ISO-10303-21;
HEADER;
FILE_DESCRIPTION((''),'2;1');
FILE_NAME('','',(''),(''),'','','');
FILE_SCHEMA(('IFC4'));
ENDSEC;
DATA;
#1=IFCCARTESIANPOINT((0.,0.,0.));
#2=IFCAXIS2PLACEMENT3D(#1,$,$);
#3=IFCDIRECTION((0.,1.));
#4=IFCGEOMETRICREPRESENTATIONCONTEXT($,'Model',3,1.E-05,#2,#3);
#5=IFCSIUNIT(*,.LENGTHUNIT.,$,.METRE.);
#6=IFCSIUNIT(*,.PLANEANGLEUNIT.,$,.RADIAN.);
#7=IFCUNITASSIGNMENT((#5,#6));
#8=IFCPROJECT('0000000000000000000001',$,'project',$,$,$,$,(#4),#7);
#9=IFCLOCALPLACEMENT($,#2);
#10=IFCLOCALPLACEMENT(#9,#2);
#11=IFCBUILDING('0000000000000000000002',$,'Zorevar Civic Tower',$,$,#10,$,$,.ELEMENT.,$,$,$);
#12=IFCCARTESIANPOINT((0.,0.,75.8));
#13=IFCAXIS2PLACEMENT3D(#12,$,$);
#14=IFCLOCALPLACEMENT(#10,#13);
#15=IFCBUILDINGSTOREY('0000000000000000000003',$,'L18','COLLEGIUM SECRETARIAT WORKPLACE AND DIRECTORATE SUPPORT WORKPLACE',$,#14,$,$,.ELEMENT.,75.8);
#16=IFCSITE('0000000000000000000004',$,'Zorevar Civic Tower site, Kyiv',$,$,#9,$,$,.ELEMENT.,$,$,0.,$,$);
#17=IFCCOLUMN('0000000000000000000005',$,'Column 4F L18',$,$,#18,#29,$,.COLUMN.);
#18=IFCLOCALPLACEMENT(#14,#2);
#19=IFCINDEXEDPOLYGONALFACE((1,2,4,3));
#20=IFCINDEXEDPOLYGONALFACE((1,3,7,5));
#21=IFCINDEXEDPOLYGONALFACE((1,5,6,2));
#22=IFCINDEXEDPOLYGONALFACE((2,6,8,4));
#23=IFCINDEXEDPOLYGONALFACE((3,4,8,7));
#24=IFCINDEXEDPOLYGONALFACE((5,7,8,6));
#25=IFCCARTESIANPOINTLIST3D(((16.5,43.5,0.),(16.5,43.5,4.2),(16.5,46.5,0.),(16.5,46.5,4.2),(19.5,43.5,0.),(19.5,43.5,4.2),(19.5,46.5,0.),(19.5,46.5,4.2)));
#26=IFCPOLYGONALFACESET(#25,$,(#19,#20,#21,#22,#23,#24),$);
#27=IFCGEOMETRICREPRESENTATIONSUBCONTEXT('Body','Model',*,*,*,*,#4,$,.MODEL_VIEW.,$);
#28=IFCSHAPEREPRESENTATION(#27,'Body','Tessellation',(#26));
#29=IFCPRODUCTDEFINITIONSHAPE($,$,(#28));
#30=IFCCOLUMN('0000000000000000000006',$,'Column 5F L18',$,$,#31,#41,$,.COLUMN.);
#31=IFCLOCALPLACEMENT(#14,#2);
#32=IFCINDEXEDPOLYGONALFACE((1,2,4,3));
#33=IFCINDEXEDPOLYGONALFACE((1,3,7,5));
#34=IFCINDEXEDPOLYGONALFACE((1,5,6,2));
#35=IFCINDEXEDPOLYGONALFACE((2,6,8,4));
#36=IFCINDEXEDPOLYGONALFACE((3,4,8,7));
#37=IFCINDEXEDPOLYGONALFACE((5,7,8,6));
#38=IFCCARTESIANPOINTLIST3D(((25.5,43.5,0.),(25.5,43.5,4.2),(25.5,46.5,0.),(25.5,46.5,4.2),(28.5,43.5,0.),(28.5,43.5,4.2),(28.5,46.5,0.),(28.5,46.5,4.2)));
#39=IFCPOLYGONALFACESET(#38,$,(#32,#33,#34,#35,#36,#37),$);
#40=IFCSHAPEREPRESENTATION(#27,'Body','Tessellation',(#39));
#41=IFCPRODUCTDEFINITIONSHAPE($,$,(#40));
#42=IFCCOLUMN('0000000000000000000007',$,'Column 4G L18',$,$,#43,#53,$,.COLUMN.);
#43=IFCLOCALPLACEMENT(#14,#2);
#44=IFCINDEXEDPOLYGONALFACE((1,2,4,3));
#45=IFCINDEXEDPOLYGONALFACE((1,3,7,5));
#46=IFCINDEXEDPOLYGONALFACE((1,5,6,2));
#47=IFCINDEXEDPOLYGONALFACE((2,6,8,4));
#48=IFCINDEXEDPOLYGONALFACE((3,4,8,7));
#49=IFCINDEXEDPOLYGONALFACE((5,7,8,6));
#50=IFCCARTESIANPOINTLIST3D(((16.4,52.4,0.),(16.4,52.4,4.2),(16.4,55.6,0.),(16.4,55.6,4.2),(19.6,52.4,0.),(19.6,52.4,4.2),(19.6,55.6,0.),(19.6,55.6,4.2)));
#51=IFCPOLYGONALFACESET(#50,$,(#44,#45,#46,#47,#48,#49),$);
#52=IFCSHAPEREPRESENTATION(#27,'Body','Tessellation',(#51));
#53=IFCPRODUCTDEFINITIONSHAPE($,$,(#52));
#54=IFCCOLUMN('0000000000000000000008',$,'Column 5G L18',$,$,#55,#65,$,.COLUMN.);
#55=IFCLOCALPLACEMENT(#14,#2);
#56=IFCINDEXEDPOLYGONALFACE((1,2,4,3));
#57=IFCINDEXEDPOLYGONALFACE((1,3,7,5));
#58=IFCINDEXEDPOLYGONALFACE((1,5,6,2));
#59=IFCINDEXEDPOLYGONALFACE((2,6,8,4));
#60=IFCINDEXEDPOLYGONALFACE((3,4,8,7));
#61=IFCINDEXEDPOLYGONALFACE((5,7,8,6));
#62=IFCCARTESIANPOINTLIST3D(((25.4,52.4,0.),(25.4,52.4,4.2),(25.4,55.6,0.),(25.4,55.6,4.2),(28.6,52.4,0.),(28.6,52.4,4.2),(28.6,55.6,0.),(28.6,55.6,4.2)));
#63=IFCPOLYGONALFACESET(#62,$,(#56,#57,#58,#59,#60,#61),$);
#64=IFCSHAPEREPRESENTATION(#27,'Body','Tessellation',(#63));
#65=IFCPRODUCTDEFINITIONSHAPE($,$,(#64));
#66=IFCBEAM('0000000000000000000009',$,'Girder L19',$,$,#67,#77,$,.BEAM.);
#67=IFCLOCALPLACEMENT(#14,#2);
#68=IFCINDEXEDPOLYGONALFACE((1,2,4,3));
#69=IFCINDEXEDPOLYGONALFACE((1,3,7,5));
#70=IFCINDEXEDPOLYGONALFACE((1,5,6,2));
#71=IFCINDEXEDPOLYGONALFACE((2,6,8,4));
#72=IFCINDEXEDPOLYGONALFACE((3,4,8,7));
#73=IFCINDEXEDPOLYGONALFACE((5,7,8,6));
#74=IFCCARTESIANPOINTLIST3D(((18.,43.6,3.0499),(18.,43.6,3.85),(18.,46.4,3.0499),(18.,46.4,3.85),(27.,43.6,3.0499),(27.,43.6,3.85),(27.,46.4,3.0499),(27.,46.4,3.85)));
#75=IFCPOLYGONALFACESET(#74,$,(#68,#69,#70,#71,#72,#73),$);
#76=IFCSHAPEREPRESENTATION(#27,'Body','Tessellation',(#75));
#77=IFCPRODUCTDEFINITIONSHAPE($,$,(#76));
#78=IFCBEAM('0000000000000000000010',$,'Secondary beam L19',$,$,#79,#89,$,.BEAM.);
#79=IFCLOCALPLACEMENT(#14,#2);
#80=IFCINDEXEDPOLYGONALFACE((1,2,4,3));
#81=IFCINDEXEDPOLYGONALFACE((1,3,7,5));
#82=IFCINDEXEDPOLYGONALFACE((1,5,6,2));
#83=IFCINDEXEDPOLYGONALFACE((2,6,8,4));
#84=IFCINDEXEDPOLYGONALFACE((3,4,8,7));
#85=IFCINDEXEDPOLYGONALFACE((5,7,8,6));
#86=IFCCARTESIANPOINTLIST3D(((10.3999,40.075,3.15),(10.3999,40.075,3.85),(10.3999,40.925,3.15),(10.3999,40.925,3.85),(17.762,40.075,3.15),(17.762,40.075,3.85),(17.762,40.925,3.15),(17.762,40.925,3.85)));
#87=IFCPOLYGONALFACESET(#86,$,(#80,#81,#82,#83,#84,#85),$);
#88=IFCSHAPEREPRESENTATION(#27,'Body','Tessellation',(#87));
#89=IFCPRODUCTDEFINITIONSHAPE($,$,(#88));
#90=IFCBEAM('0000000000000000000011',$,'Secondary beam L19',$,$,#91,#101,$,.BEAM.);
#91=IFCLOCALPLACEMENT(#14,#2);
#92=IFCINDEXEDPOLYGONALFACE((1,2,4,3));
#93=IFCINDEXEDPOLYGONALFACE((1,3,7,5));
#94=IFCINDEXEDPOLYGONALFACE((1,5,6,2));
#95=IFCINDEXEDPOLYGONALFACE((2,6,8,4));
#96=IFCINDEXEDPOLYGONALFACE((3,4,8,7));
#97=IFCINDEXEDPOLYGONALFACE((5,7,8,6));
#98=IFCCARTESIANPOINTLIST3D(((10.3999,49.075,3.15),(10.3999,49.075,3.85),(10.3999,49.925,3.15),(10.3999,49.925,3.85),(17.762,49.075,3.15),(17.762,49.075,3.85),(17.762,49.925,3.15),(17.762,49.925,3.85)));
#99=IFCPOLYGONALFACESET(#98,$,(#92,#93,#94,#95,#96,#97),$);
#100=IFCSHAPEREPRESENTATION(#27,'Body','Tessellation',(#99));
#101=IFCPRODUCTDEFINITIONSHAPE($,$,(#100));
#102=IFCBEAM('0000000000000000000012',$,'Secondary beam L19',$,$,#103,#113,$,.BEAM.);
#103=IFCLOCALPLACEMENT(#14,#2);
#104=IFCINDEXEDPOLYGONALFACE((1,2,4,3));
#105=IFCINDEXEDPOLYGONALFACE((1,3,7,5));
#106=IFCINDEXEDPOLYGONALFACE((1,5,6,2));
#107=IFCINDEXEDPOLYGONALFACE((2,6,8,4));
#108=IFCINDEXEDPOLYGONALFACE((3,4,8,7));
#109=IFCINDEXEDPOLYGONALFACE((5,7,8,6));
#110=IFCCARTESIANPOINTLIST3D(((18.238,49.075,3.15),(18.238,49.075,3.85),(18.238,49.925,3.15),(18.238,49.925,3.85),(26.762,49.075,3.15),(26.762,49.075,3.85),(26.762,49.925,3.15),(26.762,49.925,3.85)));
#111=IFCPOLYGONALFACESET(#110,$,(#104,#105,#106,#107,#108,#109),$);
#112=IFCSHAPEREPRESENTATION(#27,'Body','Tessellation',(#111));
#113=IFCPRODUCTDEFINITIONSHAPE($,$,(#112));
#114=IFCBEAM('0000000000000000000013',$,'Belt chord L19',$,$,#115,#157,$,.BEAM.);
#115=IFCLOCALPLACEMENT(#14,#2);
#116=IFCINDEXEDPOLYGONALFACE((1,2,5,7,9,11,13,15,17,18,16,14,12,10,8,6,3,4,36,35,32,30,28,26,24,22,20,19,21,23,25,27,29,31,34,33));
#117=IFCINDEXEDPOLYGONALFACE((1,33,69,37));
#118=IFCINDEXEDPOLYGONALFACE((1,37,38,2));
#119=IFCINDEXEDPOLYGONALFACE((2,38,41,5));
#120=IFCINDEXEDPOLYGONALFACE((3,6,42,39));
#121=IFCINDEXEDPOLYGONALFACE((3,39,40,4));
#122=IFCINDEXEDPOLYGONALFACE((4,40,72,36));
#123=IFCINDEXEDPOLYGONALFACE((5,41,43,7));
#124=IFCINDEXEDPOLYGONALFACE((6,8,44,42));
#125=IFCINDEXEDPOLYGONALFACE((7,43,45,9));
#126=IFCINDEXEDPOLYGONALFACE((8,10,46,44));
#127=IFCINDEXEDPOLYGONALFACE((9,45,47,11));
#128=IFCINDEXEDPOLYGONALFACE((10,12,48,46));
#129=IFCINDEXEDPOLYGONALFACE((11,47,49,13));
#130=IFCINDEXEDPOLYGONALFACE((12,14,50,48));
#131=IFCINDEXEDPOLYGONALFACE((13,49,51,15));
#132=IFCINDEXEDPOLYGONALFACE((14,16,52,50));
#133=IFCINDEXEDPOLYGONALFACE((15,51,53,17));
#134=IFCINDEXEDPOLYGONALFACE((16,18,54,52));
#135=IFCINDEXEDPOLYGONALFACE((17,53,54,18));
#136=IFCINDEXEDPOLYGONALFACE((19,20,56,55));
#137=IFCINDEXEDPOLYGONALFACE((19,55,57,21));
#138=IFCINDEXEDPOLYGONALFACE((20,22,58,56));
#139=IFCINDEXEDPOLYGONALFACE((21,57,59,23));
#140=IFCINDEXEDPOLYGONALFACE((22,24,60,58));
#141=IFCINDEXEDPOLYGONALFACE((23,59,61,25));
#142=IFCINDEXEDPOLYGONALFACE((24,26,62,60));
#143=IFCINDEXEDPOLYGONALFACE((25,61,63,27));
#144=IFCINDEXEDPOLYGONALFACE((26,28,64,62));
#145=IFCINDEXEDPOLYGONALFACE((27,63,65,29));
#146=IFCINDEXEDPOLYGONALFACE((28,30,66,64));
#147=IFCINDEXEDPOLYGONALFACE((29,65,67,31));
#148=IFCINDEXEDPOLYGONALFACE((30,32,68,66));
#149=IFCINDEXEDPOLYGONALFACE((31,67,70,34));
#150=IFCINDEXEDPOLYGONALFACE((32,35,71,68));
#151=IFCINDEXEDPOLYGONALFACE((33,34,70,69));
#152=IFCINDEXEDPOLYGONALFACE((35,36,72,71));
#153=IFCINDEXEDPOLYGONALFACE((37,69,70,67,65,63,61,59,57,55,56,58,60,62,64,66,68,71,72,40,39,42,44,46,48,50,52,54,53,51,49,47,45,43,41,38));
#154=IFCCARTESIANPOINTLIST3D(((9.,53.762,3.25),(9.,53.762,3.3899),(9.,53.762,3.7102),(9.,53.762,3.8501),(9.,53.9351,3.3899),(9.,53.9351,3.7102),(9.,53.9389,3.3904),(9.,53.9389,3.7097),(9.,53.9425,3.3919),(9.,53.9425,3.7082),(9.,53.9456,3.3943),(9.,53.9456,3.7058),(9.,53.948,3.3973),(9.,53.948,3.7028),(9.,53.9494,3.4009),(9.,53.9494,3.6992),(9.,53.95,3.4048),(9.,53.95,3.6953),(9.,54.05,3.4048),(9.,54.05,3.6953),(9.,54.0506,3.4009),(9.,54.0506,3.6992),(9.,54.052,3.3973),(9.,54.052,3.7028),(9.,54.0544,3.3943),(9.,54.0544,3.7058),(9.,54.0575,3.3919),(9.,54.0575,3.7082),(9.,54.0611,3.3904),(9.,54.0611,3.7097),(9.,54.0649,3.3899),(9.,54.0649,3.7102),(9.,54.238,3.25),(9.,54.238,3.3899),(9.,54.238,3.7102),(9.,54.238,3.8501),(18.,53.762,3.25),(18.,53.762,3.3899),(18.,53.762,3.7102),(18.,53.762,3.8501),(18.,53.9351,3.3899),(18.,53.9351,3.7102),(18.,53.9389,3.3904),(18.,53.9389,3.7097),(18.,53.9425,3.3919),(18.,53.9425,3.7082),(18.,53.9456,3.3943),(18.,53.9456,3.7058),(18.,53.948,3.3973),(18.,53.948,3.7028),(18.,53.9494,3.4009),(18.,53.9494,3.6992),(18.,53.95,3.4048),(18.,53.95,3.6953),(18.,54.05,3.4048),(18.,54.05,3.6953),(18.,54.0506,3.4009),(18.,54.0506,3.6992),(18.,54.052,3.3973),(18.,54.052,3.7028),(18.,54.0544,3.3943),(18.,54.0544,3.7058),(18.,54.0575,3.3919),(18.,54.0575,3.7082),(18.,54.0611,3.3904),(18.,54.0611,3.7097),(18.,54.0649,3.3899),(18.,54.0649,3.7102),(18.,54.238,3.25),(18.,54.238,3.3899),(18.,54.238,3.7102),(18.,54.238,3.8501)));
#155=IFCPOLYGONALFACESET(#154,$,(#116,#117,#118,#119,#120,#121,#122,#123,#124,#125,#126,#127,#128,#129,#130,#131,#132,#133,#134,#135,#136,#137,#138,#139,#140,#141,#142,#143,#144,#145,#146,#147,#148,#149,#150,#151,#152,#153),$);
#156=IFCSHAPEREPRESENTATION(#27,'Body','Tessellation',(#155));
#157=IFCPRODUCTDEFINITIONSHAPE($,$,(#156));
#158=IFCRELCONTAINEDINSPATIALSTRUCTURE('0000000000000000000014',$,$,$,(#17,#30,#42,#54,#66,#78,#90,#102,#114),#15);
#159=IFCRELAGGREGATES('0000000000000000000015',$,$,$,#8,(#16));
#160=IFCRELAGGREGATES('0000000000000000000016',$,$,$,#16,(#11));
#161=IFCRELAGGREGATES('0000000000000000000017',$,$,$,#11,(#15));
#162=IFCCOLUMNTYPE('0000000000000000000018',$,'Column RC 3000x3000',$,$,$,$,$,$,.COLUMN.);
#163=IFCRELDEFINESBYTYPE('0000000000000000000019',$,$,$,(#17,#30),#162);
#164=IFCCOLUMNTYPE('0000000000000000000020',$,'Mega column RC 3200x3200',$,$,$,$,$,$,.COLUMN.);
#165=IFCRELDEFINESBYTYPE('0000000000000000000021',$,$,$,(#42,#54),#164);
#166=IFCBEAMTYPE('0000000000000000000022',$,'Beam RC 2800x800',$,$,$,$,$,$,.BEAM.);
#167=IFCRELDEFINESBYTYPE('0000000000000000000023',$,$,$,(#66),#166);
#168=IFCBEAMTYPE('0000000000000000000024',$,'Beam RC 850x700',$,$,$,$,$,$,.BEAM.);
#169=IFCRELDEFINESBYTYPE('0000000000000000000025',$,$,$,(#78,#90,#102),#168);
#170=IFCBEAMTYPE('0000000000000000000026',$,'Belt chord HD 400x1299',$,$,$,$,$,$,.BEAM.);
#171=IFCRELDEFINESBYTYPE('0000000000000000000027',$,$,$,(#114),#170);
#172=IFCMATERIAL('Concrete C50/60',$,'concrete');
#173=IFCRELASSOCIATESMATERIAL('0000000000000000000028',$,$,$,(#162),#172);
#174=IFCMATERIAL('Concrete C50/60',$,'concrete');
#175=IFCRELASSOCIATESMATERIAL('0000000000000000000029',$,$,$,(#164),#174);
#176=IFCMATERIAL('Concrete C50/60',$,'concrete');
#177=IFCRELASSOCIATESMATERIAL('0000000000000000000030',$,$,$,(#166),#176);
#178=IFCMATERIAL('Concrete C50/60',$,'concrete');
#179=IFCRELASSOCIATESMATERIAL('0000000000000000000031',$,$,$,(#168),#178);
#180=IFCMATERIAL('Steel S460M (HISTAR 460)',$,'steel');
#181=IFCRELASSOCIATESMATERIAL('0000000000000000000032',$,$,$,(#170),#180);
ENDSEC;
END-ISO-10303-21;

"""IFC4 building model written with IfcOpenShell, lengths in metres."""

from ifc_helpers import new_model, si_unit, direction, frame, origin, origin_2d, place, context, subcontext, project, spatial, rectangle, i_section, extrude, material, material_profile, profile_set, type_object, element, save


model = new_model("IFC4")

# Units and contexts
model_context = context("Model", 3, precision=1e-05, world=origin(), true_north=direction((0.0, 1.0)))
body_context = subcontext(model_context, "Body", "Model", "MODEL_VIEW")
ifc_project = project(units=[si_unit("LENGTHUNIT", "METRE"), si_unit("PLANEANGLEUNIT", "RADIAN")], contexts=[model_context])

# Site, building, storey
site_placement = place(None, origin())
site = spatial("IfcSite", under=ifc_project, at=site_placement, Name="Zorevar Civic Tower site, Kyiv", CompositionType="ELEMENT", RefElevation=0.0)
building_placement = place(site_placement, origin())
building = spatial("IfcBuilding", under=site, at=building_placement, Name="Zorevar Civic Tower", CompositionType="ELEMENT")
storey_placement = place(building_placement, frame((0.0, 0.0, 75.8)))
storey = spatial("IfcBuildingStorey", under=building, at=storey_placement, Name="L18", Description="COLLEGIUM SECRETARIAT WORKPLACE AND DIRECTORATE SUPPORT WORKPLACE", CompositionType="ELEMENT", Elevation=75.8)

# Columns
ifc_material_1 = material(Name="Concrete C50/60", Category="concrete")
ifc_material_profile_1 = material_profile(ifc_material_1, rectangle(XDim=3.0, YDim=3.0, at=origin_2d()), Name="RC 3000x3000")
ifc_profile_set_1 = profile_set([ifc_material_profile_1], Name="Concrete C50/60")
column_type_1 = type_object("IfcColumnType", Name="Column RC 3000x3000", PredefinedType="COLUMN", material=ifc_profile_set_1)
for number, where, z_axis, x_axis, name in (
    (1, (18.0, 45.0, 0.0), (0.0, 0.0, 1.0), (1.0, 0.0, 0.0), "Column 4F L18"),
    (2, (27.0, 45.0, 0.0), (0.0, 0.0, 1.0), (1.0, 0.0, 0.0), "Column 5F L18"),
):
    element("IfcColumn", number, at=place(storey_placement, frame(where, z_axis=z_axis, x_axis=x_axis)), inside=storey, type_object=column_type_1, Name=name, PredefinedType="COLUMN", context=body_context, shape_type="SweptSolid", body=[
        extrude(rectangle(XDim=3.0, YDim=3.0, at=origin_2d()), origin(), (0.0, 0.0, 1.0), 4.2),
    ])
ifc_material_2 = material(Name="Concrete C50/60", Category="concrete")
ifc_material_profile_2 = material_profile(ifc_material_2, rectangle(XDim=3.2, YDim=3.2, at=origin_2d()), Name="RC 3200x3200")
ifc_profile_set_2 = profile_set([ifc_material_profile_2], Name="Concrete C50/60")
column_type_2 = type_object("IfcColumnType", Name="Mega column RC 3200x3200", PredefinedType="COLUMN", material=ifc_profile_set_2)
for number, where, z_axis, x_axis, name in (
    (3, (18.0, 54.0, 0.0), (0.0, 0.0, 1.0), (1.0, 0.0, 0.0), "Column 4G L18"),
    (4, (27.0, 54.0, 0.0), (0.0, 0.0, 1.0), (1.0, 0.0, 0.0), "Column 5G L18"),
):
    element("IfcColumn", number, at=place(storey_placement, frame(where, z_axis=z_axis, x_axis=x_axis)), inside=storey, type_object=column_type_2, Name=name, PredefinedType="COLUMN", context=body_context, shape_type="SweptSolid", body=[
        extrude(rectangle(XDim=3.2, YDim=3.2, at=origin_2d()), origin(), (0.0, 0.0, 1.0), 4.2),
    ])

# Beams
ifc_material_3 = material(Name="Concrete C50/60", Category="concrete")
ifc_material_profile_3 = material_profile(ifc_material_3, rectangle(XDim=2.8, YDim=0.8, at=origin_2d()), Name="RC 2800x800")
ifc_profile_set_3 = profile_set([ifc_material_profile_3], Name="Concrete C50/60")
beam_type_1 = type_object("IfcBeamType", Name="Beam RC 2800x800", PredefinedType="BEAM", material=ifc_profile_set_3)
beam_1_placement = place(storey_placement, frame((18.0, 45.0, 3.45), z_axis=(1.0, 0.0, 0.0), x_axis=(0.0, 1.0, 0.0)))
element("IfcBeam", 5, at=beam_1_placement, inside=storey, type_object=beam_type_1, Name="Girder L19", PredefinedType="BEAM", context=body_context, shape_type="SweptSolid", body=[
    extrude(rectangle(XDim=2.8, YDim=0.8, at=origin_2d()), origin(), (0.0, 0.0, 1.0), 9.0),
])
ifc_material_4 = material(Name="Concrete C50/60", Category="concrete")
ifc_material_profile_4 = material_profile(ifc_material_4, rectangle(XDim=0.8501, YDim=0.7, at=origin_2d()), Name="RC 850x700")
ifc_profile_set_4 = profile_set([ifc_material_profile_4], Name="Concrete C50/60")
beam_type_2 = type_object("IfcBeamType", Name="Beam RC 850x700", PredefinedType="BEAM", material=ifc_profile_set_4)
for number, where, z_axis, x_axis, name in (
    (6, (10.3999, 40.5, 3.5), (1.0, 0.0, 0.0), (0.0, 1.0, 0.0), "Secondary beam L19"),
    (7, (10.3999, 49.5, 3.5), (1.0, 0.0, 0.0), (0.0, 1.0, 0.0), "Secondary beam L19"),
):
    element("IfcBeam", number, at=place(storey_placement, frame(where, z_axis=z_axis, x_axis=x_axis)), inside=storey, type_object=beam_type_2, Name=name, PredefinedType="BEAM", context=body_context, shape_type="SweptSolid", body=[
        extrude(rectangle(XDim=0.8501, YDim=0.7, at=origin_2d()), origin(), (0.0, 0.0, 1.0), 7.3621),
    ])
beam_2_placement = place(storey_placement, frame((18.238, 49.5, 3.5), z_axis=(1.0, 0.0, 0.0), x_axis=(0.0, 1.0, 0.0)))
element("IfcBeam", 8, at=beam_2_placement, inside=storey, type_object=beam_type_2, Name="Secondary beam L19", PredefinedType="BEAM", context=body_context, shape_type="SweptSolid", body=[
    extrude(rectangle(XDim=0.8501, YDim=0.7, at=origin_2d()), origin(), (0.0, 0.0, 1.0), 8.5239),
])
ifc_material_5 = material(Name="Steel S460M (HISTAR 460)", Category="steel")
ifc_material_profile_5 = material_profile(ifc_material_5, i_section(OverallWidth=0.4761, OverallDepth=0.6001, WebThickness=0.1001, FlangeThickness=0.1399, FilletRadius=0.0149, at=origin_2d()), Name="HD 400x1299")
ifc_profile_set_5 = profile_set([ifc_material_profile_5], Name="Steel S460M (HISTAR 460)")
beam_type_3 = type_object("IfcBeamType", Name="Belt chord HD 400x1299", PredefinedType="BEAM", material=ifc_profile_set_5)
for number, where, z_axis, x_axis, name in (
    (9, (9.0, 54.0, 3.55), (1.0, 0.0, 0.0), (0.0, 1.0, 0.0), "Belt chord L19"),
):
    element("IfcBeam", number, at=place(storey_placement, frame(where, z_axis=z_axis, x_axis=x_axis)), inside=storey, type_object=beam_type_3, Name=name, PredefinedType="BEAM", context=body_context, shape_type="SweptSolid", body=[
        extrude(i_section(OverallWidth=0.4761, OverallDepth=0.6001, WebThickness=0.1001, FlangeThickness=0.1399, FilletRadius=0.0149, at=origin_2d()), origin(), (0.0, 0.0, 1.0), 9.0),
    ])

save(model, "model.ifc")
